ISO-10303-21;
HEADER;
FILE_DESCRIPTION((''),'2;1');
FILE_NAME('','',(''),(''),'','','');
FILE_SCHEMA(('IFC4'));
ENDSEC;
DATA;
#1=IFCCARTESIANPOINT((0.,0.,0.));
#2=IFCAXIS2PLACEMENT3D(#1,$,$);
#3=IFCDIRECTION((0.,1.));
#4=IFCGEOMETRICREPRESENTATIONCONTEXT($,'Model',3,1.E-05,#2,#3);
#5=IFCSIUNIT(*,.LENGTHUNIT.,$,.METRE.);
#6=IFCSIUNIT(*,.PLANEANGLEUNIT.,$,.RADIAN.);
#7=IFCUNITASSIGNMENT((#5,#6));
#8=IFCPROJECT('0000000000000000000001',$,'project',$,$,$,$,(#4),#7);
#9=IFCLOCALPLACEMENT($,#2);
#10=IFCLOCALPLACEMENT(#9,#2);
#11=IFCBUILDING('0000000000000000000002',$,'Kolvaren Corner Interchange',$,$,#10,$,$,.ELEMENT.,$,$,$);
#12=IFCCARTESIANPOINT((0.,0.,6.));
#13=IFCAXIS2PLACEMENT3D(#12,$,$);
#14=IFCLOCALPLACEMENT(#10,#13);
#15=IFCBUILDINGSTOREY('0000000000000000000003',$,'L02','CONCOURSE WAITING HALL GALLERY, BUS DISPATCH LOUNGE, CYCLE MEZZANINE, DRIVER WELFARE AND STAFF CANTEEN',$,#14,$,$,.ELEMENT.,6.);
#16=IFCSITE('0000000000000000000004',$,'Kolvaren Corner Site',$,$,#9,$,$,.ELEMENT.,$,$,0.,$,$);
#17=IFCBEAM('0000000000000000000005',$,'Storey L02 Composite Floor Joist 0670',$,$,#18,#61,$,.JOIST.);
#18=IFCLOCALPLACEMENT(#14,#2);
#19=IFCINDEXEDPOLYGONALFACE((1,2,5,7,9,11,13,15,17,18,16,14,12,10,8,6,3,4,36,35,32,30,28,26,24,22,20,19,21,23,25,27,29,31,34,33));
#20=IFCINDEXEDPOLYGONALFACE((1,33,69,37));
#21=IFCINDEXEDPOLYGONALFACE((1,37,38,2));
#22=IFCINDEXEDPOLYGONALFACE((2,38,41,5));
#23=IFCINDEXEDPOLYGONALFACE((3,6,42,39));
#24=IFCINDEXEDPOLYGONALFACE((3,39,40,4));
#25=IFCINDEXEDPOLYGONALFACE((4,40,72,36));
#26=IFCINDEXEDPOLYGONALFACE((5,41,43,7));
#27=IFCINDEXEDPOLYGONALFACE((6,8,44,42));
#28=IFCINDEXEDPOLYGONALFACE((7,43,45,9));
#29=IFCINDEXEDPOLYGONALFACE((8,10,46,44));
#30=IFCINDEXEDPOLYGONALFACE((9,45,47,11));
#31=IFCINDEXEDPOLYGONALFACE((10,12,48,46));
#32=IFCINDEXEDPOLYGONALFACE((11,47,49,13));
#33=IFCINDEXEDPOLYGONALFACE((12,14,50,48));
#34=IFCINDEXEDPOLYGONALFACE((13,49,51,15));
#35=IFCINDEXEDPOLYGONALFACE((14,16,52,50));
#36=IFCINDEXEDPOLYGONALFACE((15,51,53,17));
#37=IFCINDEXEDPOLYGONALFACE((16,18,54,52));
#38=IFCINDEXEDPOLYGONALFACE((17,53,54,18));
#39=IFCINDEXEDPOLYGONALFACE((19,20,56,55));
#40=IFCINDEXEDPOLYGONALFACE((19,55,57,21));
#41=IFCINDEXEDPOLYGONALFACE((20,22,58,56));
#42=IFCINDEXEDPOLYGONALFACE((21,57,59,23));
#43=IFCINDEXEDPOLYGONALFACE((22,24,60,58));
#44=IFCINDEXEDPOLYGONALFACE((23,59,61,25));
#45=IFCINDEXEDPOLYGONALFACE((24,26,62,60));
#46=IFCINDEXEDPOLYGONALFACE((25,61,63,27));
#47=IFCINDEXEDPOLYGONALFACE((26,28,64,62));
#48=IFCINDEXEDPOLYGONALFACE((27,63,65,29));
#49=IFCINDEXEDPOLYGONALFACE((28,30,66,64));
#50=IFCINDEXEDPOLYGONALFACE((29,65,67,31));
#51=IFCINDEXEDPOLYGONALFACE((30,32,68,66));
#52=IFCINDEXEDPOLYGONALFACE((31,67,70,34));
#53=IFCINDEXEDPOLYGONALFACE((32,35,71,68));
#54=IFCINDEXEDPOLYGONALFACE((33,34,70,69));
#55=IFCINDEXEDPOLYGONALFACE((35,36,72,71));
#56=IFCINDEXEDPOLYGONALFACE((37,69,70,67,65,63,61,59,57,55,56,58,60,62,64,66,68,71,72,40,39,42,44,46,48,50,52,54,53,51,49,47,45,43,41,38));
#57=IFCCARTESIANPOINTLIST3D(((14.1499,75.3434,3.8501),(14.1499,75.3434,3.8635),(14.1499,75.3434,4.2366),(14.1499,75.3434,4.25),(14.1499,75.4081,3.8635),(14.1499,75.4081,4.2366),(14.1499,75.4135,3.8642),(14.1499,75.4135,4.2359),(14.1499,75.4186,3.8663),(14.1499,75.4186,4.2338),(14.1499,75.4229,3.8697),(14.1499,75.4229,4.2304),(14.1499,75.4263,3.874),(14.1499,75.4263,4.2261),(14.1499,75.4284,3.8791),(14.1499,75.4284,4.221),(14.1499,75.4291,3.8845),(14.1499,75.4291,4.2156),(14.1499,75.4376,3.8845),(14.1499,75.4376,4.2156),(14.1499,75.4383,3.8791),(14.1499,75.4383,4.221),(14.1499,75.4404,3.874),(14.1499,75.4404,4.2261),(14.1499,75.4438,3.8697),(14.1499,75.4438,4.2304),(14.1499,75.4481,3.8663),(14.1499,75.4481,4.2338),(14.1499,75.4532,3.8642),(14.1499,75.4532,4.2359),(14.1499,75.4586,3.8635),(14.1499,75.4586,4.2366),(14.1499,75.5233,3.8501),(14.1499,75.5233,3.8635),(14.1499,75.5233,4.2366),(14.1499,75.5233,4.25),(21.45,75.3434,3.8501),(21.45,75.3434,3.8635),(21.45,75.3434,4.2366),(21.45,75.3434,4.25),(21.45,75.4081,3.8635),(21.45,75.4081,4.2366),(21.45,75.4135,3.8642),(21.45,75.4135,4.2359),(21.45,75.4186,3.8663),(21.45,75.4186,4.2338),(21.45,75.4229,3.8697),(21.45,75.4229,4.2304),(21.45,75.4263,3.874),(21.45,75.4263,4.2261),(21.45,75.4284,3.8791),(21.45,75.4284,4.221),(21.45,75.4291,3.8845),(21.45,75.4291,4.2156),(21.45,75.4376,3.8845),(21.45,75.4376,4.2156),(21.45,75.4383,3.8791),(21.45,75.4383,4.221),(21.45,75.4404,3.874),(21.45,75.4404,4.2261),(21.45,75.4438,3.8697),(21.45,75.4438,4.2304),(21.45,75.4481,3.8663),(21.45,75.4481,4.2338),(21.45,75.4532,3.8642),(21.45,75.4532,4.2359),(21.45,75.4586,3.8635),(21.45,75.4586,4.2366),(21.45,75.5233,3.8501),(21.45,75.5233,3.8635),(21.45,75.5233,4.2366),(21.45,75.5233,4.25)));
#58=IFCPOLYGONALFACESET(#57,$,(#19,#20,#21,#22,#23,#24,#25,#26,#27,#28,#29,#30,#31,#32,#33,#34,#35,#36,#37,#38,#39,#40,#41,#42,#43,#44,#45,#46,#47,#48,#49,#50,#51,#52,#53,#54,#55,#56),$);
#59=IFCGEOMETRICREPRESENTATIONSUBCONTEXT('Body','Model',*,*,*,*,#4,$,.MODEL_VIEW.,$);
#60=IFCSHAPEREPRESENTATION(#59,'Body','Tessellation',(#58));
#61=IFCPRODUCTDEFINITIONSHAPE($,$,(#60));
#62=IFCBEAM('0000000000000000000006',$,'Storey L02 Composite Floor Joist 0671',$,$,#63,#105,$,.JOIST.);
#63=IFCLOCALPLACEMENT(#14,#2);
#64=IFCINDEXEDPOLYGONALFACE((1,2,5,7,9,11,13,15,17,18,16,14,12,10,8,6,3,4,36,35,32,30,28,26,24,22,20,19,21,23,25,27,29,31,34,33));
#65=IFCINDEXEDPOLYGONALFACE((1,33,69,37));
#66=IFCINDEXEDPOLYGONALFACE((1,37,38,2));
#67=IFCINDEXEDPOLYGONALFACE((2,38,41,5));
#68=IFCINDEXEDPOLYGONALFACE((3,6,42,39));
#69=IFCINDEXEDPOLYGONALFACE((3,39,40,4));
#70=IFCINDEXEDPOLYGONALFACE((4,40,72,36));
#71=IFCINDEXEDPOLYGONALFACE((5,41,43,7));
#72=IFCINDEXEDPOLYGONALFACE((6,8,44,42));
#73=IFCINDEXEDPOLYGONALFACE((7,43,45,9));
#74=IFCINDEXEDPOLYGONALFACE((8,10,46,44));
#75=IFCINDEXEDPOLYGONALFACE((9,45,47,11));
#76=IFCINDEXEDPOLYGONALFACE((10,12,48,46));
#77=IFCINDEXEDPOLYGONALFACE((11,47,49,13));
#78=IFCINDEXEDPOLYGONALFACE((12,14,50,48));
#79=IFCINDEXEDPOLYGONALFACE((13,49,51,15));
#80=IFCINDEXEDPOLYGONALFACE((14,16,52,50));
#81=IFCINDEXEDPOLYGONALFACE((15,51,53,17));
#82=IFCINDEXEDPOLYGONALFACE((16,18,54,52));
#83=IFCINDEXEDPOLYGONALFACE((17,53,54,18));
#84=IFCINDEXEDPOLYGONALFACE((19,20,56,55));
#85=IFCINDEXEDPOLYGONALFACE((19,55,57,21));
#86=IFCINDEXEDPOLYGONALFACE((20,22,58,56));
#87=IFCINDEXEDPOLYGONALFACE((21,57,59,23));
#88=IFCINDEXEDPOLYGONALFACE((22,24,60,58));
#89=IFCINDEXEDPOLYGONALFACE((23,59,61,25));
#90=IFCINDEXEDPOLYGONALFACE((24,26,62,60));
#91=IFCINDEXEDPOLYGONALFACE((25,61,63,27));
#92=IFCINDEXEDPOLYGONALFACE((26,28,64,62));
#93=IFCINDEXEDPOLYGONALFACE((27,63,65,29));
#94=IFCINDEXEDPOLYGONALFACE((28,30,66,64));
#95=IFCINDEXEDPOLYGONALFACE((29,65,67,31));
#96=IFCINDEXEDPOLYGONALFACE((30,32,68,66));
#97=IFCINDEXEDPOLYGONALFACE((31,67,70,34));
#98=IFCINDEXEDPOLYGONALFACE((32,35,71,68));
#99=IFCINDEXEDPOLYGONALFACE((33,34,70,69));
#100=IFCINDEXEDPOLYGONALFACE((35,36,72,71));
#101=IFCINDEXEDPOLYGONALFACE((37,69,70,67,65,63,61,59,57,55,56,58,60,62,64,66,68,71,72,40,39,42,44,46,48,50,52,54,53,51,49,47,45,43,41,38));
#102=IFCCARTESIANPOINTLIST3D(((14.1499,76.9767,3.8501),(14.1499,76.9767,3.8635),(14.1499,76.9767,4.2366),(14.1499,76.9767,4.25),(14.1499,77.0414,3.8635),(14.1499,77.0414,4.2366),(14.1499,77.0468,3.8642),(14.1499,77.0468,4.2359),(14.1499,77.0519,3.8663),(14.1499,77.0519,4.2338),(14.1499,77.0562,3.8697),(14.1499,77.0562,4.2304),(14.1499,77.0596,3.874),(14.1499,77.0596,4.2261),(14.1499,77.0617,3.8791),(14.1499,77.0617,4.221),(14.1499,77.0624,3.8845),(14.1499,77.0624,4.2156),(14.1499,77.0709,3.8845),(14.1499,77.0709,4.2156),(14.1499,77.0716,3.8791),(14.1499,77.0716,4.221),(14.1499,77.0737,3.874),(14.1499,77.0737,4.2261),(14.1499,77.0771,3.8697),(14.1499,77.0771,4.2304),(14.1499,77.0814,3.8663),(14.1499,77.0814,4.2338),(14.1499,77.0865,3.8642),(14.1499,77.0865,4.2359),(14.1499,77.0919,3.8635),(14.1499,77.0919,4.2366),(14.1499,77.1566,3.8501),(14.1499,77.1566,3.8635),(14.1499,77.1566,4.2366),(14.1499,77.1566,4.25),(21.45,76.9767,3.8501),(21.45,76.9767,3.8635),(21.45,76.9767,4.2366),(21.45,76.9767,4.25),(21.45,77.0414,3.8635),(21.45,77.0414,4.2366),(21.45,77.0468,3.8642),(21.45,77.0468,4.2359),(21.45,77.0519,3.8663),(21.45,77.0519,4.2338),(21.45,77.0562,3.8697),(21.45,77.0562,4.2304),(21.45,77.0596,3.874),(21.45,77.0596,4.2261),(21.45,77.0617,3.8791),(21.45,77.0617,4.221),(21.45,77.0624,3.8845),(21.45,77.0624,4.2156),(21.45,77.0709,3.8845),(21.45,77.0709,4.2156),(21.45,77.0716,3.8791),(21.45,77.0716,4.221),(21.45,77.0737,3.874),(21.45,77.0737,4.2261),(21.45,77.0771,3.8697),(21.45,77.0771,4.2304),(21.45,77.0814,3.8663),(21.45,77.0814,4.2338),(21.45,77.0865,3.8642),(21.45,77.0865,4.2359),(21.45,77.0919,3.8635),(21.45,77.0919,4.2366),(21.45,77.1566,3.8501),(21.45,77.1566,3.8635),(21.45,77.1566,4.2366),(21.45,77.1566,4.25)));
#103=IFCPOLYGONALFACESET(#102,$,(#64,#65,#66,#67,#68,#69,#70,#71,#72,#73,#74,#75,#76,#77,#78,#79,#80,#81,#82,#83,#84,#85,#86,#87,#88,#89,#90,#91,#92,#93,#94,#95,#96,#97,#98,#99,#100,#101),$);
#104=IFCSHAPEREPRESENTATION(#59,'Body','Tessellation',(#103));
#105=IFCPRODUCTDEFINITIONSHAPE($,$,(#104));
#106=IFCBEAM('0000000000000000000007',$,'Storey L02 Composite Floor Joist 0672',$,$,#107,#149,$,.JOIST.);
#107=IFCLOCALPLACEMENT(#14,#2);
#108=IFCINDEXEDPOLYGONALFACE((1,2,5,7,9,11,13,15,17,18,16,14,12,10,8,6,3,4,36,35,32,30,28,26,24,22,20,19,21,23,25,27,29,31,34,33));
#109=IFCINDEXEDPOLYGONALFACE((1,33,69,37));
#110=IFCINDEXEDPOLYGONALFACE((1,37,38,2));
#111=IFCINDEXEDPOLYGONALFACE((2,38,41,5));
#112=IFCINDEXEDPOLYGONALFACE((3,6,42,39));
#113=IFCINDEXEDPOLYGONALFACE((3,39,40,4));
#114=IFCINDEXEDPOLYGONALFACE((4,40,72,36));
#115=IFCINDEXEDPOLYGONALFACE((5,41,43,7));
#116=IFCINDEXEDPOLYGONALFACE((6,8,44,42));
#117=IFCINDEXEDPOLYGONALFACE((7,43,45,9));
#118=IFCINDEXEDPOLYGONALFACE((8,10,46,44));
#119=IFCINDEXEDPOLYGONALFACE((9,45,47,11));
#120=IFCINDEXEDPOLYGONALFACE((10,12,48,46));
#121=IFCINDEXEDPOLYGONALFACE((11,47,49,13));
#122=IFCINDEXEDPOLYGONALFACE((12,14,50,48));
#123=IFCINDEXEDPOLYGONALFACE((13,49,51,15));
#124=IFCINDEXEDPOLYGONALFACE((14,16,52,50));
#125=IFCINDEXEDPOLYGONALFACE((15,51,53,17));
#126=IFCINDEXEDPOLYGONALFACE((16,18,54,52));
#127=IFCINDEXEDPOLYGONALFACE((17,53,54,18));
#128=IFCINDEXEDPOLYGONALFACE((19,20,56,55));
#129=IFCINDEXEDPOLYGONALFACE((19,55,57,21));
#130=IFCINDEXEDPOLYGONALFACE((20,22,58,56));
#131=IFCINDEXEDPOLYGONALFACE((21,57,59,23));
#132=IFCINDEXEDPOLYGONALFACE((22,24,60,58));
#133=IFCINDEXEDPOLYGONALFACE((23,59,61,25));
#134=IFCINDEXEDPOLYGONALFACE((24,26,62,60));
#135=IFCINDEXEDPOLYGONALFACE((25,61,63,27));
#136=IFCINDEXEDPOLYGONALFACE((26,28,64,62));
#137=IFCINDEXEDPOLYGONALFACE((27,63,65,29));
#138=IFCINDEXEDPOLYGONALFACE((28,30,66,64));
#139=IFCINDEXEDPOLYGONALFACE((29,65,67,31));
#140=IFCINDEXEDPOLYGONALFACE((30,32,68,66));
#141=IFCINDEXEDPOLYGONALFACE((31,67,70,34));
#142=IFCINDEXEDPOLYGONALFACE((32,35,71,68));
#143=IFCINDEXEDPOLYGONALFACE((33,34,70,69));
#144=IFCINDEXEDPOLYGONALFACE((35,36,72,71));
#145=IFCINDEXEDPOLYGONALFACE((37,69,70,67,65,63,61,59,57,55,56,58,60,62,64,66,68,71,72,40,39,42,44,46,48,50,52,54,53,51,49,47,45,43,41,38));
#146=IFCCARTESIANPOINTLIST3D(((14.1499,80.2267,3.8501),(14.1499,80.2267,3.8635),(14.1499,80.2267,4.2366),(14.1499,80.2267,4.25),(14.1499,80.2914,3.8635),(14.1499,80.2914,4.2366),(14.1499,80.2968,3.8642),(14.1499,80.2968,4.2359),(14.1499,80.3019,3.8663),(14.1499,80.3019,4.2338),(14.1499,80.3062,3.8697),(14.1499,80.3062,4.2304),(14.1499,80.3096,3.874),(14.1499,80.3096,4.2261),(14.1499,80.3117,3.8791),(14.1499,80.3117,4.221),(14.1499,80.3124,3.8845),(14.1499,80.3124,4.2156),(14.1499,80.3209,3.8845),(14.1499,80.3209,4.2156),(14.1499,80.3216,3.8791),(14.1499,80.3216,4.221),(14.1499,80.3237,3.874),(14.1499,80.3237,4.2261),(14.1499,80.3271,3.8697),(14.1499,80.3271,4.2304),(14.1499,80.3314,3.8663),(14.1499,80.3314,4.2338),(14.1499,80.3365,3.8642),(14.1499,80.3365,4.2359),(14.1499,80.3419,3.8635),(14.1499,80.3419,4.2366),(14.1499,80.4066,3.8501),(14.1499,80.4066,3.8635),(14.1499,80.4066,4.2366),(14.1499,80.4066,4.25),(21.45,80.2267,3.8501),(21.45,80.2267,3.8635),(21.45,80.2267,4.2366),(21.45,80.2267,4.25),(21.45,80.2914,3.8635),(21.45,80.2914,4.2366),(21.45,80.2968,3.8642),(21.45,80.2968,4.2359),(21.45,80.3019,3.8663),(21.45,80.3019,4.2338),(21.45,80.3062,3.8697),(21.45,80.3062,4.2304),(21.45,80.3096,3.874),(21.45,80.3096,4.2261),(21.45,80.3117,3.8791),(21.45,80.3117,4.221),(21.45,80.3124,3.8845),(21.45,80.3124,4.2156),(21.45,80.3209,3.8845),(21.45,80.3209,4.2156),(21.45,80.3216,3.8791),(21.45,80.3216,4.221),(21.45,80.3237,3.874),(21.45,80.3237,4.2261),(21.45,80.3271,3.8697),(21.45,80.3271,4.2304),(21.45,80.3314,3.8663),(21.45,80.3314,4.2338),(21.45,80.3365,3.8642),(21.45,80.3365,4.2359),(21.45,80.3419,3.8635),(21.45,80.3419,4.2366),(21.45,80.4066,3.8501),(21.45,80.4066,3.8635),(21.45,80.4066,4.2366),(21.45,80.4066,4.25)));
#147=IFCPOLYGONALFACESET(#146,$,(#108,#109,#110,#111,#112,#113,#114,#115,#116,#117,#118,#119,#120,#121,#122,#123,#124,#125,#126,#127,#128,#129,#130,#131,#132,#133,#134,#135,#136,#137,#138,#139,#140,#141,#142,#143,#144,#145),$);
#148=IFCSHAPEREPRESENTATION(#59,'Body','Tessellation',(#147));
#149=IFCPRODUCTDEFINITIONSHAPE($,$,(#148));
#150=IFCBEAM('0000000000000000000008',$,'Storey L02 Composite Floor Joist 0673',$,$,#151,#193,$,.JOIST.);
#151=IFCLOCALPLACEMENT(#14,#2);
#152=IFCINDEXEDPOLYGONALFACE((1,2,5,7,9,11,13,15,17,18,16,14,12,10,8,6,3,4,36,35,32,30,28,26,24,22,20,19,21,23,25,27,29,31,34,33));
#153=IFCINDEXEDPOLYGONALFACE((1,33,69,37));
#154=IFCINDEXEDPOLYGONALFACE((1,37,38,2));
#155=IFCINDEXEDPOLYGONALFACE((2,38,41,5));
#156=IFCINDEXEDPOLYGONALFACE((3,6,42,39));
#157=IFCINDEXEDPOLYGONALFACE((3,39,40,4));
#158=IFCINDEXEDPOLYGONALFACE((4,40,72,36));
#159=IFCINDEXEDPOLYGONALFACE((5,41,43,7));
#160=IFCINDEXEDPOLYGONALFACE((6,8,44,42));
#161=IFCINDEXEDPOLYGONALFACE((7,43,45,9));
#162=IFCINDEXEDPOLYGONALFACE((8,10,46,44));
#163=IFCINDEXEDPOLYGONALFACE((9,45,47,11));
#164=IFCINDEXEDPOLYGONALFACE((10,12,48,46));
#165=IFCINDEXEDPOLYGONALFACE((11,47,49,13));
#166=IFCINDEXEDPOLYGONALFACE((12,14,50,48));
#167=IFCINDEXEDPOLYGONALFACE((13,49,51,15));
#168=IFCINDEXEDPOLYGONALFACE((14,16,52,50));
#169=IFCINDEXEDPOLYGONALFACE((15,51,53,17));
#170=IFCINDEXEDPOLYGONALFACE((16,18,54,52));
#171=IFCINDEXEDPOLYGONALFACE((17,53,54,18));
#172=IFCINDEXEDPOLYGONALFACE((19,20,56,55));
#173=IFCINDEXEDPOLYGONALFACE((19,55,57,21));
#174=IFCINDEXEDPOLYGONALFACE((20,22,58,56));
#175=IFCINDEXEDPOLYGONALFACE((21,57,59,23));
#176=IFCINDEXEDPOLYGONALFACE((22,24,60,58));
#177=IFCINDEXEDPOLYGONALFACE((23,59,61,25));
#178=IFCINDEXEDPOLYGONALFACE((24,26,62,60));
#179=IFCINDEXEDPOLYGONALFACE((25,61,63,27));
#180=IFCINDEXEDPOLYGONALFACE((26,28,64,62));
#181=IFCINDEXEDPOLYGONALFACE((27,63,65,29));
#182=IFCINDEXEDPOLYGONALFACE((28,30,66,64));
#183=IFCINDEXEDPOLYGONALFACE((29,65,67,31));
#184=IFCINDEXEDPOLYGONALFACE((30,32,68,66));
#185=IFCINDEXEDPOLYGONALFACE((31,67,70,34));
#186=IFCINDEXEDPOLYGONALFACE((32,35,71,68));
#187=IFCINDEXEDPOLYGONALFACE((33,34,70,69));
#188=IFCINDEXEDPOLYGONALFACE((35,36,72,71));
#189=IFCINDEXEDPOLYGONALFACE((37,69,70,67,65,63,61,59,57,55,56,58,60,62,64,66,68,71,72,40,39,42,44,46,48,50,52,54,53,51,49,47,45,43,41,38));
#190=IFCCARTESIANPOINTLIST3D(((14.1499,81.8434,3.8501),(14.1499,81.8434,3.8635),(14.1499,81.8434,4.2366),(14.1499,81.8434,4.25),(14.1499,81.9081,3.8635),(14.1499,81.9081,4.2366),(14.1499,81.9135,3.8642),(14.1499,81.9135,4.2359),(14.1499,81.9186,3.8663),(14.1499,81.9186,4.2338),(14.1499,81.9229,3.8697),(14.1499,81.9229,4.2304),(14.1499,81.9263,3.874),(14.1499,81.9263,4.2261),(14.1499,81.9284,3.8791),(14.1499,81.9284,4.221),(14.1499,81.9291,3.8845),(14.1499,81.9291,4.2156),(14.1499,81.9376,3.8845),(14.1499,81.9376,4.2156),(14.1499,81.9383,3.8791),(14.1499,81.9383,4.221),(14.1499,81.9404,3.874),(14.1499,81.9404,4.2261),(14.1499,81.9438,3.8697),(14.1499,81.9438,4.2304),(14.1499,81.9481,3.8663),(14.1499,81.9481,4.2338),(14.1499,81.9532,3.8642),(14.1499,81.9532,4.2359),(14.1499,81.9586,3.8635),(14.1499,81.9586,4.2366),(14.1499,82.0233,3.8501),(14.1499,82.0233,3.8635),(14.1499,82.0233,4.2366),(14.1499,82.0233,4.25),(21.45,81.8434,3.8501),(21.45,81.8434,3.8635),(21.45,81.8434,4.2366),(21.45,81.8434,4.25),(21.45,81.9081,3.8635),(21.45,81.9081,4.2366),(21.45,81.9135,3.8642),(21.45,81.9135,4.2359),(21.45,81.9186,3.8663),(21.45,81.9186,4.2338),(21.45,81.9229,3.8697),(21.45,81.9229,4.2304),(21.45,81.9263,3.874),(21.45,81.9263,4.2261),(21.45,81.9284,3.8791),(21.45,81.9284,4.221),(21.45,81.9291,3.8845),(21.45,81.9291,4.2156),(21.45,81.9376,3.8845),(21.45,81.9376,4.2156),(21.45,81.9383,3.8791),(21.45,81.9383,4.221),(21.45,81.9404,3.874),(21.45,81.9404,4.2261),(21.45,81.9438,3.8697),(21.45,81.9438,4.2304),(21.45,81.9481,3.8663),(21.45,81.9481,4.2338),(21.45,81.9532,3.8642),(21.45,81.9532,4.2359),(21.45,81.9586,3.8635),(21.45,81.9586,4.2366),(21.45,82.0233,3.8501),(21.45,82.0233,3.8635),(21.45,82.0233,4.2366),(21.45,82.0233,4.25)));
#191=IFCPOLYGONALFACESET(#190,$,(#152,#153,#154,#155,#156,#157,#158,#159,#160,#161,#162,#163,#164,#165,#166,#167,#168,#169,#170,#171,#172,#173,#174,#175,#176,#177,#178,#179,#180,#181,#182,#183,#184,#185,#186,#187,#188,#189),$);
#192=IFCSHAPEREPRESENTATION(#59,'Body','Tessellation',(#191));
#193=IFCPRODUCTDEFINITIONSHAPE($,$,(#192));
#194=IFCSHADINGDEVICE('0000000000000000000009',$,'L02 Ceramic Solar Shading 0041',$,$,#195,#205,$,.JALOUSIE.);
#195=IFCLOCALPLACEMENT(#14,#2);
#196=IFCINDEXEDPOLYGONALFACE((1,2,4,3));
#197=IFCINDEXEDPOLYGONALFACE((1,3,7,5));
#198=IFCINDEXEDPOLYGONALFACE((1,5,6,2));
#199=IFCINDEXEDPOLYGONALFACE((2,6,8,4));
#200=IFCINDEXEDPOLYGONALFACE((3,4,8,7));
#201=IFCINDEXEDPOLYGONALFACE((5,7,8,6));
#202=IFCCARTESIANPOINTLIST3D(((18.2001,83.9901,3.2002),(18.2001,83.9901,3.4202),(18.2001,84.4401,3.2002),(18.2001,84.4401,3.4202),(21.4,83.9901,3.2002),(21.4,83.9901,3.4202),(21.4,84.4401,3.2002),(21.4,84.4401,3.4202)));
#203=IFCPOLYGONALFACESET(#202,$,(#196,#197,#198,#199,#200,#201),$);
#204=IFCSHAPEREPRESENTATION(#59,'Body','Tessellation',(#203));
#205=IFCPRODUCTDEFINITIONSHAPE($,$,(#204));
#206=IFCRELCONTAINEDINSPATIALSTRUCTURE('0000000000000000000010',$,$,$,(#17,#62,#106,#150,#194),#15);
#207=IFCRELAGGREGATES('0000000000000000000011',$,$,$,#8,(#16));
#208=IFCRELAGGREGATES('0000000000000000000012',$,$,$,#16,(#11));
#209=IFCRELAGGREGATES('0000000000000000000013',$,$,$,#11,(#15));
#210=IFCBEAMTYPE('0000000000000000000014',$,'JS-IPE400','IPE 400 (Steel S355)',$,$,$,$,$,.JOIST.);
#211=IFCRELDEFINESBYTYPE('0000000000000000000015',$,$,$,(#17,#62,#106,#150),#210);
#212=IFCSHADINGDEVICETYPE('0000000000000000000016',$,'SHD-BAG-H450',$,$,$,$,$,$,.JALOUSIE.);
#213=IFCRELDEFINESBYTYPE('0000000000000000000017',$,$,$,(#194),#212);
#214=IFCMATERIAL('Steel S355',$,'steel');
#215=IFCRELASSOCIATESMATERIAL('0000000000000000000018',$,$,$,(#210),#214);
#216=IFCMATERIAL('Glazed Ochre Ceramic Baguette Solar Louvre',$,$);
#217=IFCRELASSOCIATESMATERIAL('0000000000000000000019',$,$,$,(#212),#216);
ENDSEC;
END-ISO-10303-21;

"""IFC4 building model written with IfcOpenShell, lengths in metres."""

from ifc_helpers import new_model, si_unit, direction, frame, origin, origin_2d, place, context, subcontext, project, spatial, rectangle, i_section, extrude, material, material_profile, profile_set, type_object, element, save


model = new_model("IFC4")

# Units and contexts
model_context = context("Model", 3, precision=1e-05, world=origin(), true_north=direction((0.0, 1.0)))
body_context = subcontext(model_context, "Body", "Model", "MODEL_VIEW")
ifc_project = project(units=[si_unit("LENGTHUNIT", "METRE"), si_unit("PLANEANGLEUNIT", "RADIAN")], contexts=[model_context])

# Site, building, storey
site_placement = place(None, origin())
site = spatial("IfcSite", under=ifc_project, at=site_placement, Name="Kolvaren Corner Site", CompositionType="ELEMENT", RefElevation=0.0)
building_placement = place(site_placement, origin())
building = spatial("IfcBuilding", under=site, at=building_placement, Name="Kolvaren Corner Interchange", CompositionType="ELEMENT")
storey_placement = place(building_placement, frame((0.0, 0.0, 6.0)))
storey = spatial("IfcBuildingStorey", under=building, at=storey_placement, Name="L02", Description="CONCOURSE WAITING HALL GALLERY, BUS DISPATCH LOUNGE, CYCLE MEZZANINE, DRIVER WELFARE AND STAFF CANTEEN", CompositionType="ELEMENT", Elevation=6.0)

# Beams
ifc_material_1 = material(Name="Steel S355", Category="steel")
ifc_material_profile_1 = material_profile(ifc_material_1, i_section(OverallWidth=0.1799, OverallDepth=0.3999, WebThickness=0.0085, FlangeThickness=0.0134, FilletRadius=0.021, at=origin_2d()), Name="IPE 400")
ifc_profile_set_1 = profile_set([ifc_material_profile_1], Name="Steel S355")
beam_type_1 = type_object("IfcBeamType", Name="JS-IPE400", Description="IPE 400 (Steel S355)", PredefinedType="JOIST", material=ifc_profile_set_1)
for number, where, z_axis, x_axis, name in (
    (1, (14.1499, 75.4333, 4.05), (1.0, 0.0, 0.0), (0.0, 1.0, 0.0), "Storey L02 Composite Floor Joist 0670"),
    (2, (14.1499, 77.0667, 4.05), (1.0, 0.0, 0.0), (0.0, 1.0, 0.0), "Storey L02 Composite Floor Joist 0671"),
    (3, (14.1499, 80.3167, 4.05), (1.0, 0.0, 0.0), (0.0, 1.0, 0.0), "Storey L02 Composite Floor Joist 0672"),
    (4, (14.1499, 81.9333, 4.05), (1.0, 0.0, 0.0), (0.0, 1.0, 0.0), "Storey L02 Composite Floor Joist 0673"),
):
    element("IfcBeam", number, at=place(storey_placement, frame(where, z_axis=z_axis, x_axis=x_axis)), inside=storey, type_object=beam_type_1, Name=name, PredefinedType="JOIST", context=body_context, shape_type="SweptSolid", body=[
        extrude(i_section(OverallWidth=0.1799, OverallDepth=0.3999, WebThickness=0.0085, FlangeThickness=0.0134, FilletRadius=0.021, at=origin_2d()), origin(), (0.0, 0.0, 1.0), 7.3),
    ])

# Shading device
ifc_material_2 = material(Name="Glazed Ochre Ceramic Baguette Solar Louvre")
shading_device_type = type_object("IfcShadingDeviceType", Name="SHD-BAG-H450", PredefinedType="JALOUSIE", material=ifc_material_2)
for number, where, z_axis, x_axis, name in (
    (5, (19.8, 84.2151, 3.2002), (0.0, 0.0, 1.0), (-1.0, 0.0, 0.0), "L02 Ceramic Solar Shading 0041"),
):
    element("IfcShadingDevice", number, at=place(storey_placement, frame(where, z_axis=z_axis, x_axis=x_axis)), inside=storey, type_object=shading_device_type, Name=name, PredefinedType="JALOUSIE", context=body_context, shape_type="SweptSolid", body=[
        extrude(rectangle(XDim=3.2, YDim=0.45, at=origin_2d()), origin(), (0.0, 0.0, 1.0), 0.22),
    ])

save(model, "model.ifc")
